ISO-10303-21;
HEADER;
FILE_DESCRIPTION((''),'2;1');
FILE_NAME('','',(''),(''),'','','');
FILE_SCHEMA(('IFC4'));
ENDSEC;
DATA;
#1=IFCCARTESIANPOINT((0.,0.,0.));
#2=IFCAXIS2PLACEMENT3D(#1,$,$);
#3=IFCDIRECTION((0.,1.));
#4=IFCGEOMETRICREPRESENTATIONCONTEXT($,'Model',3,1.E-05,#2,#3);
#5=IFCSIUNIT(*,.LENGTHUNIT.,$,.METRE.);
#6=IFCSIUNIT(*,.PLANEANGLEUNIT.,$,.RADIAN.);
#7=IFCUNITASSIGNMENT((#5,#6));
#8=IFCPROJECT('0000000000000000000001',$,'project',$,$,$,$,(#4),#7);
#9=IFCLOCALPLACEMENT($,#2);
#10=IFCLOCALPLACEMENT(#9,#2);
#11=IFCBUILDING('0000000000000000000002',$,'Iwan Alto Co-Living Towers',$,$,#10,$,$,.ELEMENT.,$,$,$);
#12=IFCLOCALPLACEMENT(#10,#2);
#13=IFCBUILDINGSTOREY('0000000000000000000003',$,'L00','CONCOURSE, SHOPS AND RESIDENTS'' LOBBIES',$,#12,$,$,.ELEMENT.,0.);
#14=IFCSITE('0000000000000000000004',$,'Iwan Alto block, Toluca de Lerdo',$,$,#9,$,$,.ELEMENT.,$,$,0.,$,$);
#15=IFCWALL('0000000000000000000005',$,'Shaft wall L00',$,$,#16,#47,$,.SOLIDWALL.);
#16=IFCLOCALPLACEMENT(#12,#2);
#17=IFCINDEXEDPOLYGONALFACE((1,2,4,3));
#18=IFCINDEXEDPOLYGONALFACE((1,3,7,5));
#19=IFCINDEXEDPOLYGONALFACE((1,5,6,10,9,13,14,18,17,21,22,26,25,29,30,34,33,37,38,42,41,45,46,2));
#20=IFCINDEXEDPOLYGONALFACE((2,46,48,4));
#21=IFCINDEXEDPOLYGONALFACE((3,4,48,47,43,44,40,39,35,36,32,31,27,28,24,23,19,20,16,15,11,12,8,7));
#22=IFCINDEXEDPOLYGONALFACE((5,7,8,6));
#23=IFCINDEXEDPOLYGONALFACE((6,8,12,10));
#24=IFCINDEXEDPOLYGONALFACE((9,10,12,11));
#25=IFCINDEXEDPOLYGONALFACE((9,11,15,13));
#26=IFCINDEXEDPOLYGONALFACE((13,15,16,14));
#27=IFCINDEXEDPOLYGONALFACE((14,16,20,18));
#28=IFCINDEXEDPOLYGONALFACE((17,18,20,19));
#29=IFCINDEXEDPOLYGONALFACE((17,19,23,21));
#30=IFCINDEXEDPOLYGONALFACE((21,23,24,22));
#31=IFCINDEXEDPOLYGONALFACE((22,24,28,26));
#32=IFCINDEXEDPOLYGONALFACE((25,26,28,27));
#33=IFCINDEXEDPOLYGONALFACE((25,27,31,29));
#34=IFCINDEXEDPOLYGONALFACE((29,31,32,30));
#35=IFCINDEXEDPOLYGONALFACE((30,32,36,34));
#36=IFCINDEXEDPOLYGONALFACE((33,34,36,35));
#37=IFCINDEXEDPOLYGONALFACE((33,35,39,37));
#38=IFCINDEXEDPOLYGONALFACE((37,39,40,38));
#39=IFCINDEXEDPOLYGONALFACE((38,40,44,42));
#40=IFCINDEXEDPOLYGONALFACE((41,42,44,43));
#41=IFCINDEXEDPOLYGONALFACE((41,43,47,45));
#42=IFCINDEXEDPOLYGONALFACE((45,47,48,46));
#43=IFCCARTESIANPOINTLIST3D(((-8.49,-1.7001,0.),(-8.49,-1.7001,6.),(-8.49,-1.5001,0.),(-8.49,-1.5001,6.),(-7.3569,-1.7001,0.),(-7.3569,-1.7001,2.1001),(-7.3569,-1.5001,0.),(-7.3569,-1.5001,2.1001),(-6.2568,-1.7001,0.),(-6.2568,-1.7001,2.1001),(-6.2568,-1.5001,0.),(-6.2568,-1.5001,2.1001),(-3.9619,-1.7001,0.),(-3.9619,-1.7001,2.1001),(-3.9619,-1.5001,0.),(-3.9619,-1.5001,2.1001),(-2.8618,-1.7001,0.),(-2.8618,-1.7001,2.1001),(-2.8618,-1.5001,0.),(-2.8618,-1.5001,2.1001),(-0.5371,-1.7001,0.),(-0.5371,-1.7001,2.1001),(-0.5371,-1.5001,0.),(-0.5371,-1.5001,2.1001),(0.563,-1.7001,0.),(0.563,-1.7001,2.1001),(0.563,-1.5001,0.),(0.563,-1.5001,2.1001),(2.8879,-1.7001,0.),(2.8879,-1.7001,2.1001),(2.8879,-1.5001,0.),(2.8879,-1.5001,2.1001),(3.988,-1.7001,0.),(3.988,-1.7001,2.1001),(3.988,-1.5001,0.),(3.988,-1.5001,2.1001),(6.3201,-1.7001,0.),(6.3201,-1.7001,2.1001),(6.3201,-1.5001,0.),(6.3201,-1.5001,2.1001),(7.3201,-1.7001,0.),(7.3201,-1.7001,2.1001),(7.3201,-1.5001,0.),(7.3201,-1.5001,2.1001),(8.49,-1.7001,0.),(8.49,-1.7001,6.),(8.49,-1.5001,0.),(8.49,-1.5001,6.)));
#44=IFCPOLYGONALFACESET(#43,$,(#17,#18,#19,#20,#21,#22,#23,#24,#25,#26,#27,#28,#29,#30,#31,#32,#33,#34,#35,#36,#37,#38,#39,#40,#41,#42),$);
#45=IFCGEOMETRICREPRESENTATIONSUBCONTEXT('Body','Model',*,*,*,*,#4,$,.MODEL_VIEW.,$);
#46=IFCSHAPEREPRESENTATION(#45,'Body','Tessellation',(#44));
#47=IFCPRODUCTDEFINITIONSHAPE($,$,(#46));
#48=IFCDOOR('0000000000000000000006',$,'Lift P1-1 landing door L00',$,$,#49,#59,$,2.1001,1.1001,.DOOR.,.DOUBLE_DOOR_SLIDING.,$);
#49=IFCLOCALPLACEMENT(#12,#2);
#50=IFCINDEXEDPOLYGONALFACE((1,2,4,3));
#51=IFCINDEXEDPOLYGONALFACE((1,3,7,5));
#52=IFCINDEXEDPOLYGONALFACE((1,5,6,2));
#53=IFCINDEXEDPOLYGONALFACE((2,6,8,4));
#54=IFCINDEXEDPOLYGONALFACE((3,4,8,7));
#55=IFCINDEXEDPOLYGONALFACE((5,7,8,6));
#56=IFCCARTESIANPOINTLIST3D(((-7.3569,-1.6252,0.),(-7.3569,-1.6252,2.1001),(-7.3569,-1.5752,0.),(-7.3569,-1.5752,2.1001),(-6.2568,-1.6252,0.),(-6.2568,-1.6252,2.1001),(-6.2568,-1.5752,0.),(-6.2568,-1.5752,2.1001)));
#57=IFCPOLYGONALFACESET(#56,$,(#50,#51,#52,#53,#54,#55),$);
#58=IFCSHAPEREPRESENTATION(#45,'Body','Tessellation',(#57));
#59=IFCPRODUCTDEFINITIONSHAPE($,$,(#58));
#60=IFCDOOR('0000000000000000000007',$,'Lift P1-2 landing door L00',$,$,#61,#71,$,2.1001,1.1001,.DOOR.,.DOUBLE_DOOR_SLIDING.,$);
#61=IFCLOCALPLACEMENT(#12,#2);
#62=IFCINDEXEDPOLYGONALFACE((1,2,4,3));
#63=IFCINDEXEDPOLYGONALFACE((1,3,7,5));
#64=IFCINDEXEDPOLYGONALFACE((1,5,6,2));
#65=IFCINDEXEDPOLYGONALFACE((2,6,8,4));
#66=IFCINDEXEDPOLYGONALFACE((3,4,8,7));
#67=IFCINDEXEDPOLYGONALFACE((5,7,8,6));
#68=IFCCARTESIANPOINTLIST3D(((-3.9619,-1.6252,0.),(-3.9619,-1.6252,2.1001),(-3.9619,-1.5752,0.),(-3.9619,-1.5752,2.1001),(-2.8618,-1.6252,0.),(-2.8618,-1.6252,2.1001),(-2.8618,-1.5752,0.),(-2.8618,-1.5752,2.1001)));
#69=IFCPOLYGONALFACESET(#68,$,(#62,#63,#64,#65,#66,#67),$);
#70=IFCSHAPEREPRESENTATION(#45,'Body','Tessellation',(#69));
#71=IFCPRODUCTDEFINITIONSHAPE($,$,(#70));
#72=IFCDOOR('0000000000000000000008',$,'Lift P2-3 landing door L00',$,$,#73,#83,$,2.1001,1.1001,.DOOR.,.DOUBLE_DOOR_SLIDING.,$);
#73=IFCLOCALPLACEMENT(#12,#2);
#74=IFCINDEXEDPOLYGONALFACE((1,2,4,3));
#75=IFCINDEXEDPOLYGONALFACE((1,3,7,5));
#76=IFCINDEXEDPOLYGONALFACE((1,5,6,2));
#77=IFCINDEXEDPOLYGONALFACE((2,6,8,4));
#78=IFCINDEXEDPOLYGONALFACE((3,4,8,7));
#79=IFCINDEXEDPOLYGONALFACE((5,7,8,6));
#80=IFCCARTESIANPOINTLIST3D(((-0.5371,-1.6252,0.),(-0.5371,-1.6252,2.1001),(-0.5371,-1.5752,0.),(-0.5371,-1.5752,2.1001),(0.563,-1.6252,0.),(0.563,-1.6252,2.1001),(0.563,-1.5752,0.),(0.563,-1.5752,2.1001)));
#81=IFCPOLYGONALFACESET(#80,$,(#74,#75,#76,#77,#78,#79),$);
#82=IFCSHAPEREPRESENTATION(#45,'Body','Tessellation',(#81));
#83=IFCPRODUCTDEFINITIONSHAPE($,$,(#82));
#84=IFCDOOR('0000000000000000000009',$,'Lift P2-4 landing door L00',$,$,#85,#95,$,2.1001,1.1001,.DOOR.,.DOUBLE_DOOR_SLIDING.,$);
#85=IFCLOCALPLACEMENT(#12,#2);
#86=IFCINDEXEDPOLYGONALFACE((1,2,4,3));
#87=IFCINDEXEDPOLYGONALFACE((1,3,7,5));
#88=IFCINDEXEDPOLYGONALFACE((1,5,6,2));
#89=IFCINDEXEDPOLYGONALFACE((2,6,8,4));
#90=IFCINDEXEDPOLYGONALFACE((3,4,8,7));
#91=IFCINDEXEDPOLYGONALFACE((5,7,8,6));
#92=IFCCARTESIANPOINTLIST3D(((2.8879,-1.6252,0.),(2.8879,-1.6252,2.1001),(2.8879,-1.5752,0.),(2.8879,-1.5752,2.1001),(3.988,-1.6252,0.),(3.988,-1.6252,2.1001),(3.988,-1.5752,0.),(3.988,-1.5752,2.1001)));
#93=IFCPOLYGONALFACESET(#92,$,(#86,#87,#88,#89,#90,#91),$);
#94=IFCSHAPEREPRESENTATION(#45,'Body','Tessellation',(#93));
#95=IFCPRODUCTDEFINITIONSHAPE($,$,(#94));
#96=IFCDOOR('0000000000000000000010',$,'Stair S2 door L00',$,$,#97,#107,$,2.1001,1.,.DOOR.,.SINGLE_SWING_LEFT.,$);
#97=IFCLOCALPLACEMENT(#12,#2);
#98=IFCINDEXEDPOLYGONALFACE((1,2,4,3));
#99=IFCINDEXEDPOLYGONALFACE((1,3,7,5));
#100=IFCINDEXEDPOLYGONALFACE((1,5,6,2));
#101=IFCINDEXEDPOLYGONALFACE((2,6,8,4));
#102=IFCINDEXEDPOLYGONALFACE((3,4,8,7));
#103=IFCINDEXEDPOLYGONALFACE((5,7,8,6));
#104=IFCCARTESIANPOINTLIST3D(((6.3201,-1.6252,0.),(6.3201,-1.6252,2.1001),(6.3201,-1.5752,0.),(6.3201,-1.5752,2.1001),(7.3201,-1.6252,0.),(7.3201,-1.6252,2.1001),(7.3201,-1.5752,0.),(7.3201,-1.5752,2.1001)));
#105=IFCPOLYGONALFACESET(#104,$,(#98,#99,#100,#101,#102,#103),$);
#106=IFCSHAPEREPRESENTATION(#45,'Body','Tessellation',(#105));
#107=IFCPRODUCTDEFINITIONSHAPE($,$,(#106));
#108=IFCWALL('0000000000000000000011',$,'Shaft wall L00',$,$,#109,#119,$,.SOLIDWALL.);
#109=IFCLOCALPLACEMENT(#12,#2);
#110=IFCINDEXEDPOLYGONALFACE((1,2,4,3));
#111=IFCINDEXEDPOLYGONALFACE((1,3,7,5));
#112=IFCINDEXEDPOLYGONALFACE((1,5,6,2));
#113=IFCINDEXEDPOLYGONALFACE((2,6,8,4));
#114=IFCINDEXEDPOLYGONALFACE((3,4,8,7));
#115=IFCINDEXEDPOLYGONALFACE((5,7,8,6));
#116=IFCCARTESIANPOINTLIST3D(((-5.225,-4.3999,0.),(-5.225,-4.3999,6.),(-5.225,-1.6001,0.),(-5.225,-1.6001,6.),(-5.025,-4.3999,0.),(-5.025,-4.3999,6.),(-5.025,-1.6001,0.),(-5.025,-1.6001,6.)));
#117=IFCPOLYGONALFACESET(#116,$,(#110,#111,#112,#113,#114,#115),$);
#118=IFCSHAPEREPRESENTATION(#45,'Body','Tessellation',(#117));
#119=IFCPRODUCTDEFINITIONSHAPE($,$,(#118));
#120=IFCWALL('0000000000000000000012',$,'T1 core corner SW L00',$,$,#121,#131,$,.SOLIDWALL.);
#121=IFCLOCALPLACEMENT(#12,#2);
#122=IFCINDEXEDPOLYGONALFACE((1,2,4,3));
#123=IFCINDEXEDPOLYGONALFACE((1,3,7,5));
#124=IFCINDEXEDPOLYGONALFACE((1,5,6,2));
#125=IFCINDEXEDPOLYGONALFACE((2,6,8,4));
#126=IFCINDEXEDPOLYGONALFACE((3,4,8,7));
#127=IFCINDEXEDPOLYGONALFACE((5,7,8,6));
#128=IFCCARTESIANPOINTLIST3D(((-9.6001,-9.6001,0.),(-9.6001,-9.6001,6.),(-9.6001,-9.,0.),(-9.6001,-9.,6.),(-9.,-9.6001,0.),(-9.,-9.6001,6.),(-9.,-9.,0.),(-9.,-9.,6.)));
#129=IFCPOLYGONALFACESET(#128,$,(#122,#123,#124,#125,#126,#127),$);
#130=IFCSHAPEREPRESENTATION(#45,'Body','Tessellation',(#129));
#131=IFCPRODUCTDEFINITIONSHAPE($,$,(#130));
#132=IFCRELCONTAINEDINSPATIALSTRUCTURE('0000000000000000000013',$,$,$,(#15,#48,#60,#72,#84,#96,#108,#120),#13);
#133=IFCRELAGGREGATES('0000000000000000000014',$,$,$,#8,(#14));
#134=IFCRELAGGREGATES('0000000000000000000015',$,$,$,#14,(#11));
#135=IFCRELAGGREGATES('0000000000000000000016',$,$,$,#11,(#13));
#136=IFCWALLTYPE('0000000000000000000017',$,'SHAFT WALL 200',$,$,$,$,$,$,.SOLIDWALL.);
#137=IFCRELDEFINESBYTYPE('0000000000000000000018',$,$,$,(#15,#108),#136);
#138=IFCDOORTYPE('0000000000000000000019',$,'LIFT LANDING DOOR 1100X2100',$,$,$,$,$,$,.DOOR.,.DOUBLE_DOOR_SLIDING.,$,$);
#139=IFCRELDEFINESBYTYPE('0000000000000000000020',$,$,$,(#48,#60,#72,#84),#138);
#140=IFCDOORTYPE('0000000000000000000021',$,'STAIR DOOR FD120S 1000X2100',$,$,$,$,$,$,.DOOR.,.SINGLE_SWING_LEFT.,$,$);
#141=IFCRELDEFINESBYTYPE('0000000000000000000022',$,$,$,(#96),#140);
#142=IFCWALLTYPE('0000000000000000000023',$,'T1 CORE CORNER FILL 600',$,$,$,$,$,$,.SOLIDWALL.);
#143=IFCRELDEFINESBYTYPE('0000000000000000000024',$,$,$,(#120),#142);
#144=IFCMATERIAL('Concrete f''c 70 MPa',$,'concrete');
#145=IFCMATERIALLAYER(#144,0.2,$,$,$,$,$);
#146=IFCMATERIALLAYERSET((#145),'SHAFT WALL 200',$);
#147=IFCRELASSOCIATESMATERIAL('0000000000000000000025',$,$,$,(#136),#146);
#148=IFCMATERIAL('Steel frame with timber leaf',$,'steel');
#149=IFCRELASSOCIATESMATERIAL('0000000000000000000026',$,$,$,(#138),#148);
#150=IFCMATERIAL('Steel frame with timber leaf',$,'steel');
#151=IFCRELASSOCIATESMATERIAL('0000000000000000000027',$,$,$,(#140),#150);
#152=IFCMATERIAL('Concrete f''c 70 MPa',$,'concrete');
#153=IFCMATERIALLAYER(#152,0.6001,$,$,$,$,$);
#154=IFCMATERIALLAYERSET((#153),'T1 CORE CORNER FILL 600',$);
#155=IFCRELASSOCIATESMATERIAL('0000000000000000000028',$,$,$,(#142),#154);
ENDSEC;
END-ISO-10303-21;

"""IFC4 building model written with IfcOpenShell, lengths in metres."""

from ifc_helpers import new_model, si_unit, direction, frame, frame_2d, origin, place, context, subcontext, project, spatial, rectangle, extrude, material, layer, layer_set, type_object, element, fill, save


model = new_model("IFC4")

# Units and contexts
model_context = context("Model", 3, precision=1e-05, world=origin(), true_north=direction((0.0, 1.0)))
body_context = subcontext(model_context, "Body", "Model", "MODEL_VIEW")
ifc_project = project(units=[si_unit("LENGTHUNIT", "METRE"), si_unit("PLANEANGLEUNIT", "RADIAN")], contexts=[model_context])

# Site, building, storey
site_placement = place(None, origin())
site = spatial("IfcSite", under=ifc_project, at=site_placement, Name="Iwan Alto block, Toluca de Lerdo", CompositionType="ELEMENT", RefElevation=0.0)
building_placement = place(site_placement, origin())
building = spatial("IfcBuilding", under=site, at=building_placement, Name="Iwan Alto Co-Living Towers", CompositionType="ELEMENT")
storey_placement = place(building_placement, origin())
storey = spatial("IfcBuildingStorey", under=building, at=storey_placement, Name="L00", Description="CONCOURSE, SHOPS AND RESIDENTS' LOBBIES", CompositionType="ELEMENT", Elevation=0.0)

# Shared definitions
ifc_material_1 = material(Name="Concrete f'c 70 MPa", Category="concrete")
ifc_layer_1 = layer(ifc_material_1, 0.2)
ifc_layer_set_1 = layer_set([ifc_layer_1], Name="SHAFT WALL 200")
wall_type_1 = type_object("IfcWallType", Name="SHAFT WALL 200", PredefinedType="SOLIDWALL", material=ifc_layer_set_1)

# Wall, openings, doors
wall_1_placement = place(storey_placement, frame((-8.49, -1.6001, 0.0), z_axis=(0.0, 0.0, 1.0), x_axis=(1.0, 0.0, 0.0)))
wall_1 = element("IfcWall", 1, at=wall_1_placement, inside=storey, type_object=wall_type_1, Name="Shaft wall L00", PredefinedType="SOLIDWALL", context=body_context, shape_type="SweptSolid", body=[
    extrude(rectangle(XDim=16.98, YDim=0.2, at=frame_2d((8.49, 0.0))), origin(), (0.0, 0.0, 1.0), 6.0),
])
opening_1_placement = place(wall_1_placement, frame((14.8101, 0.0, 0.0)))
opening_1 = element("IfcOpeningElement", 2, at=opening_1_placement, cuts=wall_1, PredefinedType="OPENING", context=body_context, shape_type="SweptSolid", body=[
    extrude(rectangle(XDim=1.0, YDim=2.1001, at=frame_2d((0.5, 1.05))), frame((0.0, 0.1099, 0.0), z_axis=(0.0, -1.0, 0.0), x_axis=(1.0, 0.0, 0.0)), (0.0, 0.0, 1.0), 0.22),
])
opening_2_placement = place(wall_1_placement, frame((1.1331, 0.0, 0.0)))
opening_2 = element("IfcOpeningElement", 3, at=opening_2_placement, cuts=wall_1, PredefinedType="OPENING", context=body_context, shape_type="SweptSolid", body=[
    extrude(rectangle(XDim=1.1001, YDim=2.1001, at=frame_2d((0.55, 1.05))), frame((0.0, 0.1099, 0.0), z_axis=(0.0, -1.0, 0.0), x_axis=(1.0, 0.0, 0.0)), (0.0, 0.0, 1.0), 0.22),
])
opening_3_placement = place(wall_1_placement, frame((4.5281, 0.0, 0.0)))
opening_3 = element("IfcOpeningElement", 4, at=opening_3_placement, cuts=wall_1, PredefinedType="OPENING", context=body_context, shape_type="SweptSolid", body=[
    extrude(rectangle(XDim=1.1001, YDim=2.1001, at=frame_2d((0.55, 1.05))), frame((0.0, 0.1099, 0.0), z_axis=(0.0, -1.0, 0.0), x_axis=(1.0, 0.0, 0.0)), (0.0, 0.0, 1.0), 0.22),
])
opening_4_placement = place(wall_1_placement, frame((7.9529, 0.0, 0.0)))
opening_4 = element("IfcOpeningElement", 5, at=opening_4_placement, cuts=wall_1, PredefinedType="OPENING", context=body_context, shape_type="SweptSolid", body=[
    extrude(rectangle(XDim=1.1001, YDim=2.1001, at=frame_2d((0.55, 1.05))), frame((0.0, 0.1099, 0.0), z_axis=(0.0, -1.0, 0.0), x_axis=(1.0, 0.0, 0.0)), (0.0, 0.0, 1.0), 0.22),
])
opening_5_placement = place(wall_1_placement, frame((11.3779, 0.0, 0.0)))
opening_5 = element("IfcOpeningElement", 6, at=opening_5_placement, cuts=wall_1, PredefinedType="OPENING", context=body_context, shape_type="SweptSolid", body=[
    extrude(rectangle(XDim=1.1001, YDim=2.1001, at=frame_2d((0.55, 1.05))), frame((0.0, 0.1099, 0.0), z_axis=(0.0, -1.0, 0.0), x_axis=(1.0, 0.0, 0.0)), (0.0, 0.0, 1.0), 0.22),
])
ifc_material_2 = material(Name="Steel frame with timber leaf", Category="steel")
door_type_1 = type_object("IfcDoorType", Name="LIFT LANDING DOOR 1100X2100", OperationType="DOUBLE_DOOR_SLIDING", PredefinedType="DOOR", material=ifc_material_2)
door_1_placement = place(opening_2_placement, origin())
door_1 = element("IfcDoor", 7, at=door_1_placement, inside=storey, type_object=door_type_1, Name="Lift P1-1 landing door L00", OperationType="DOUBLE_DOOR_SLIDING", OverallHeight=2.1001, OverallWidth=1.1001, PredefinedType="DOOR", context=body_context, shape_type="SweptSolid", body=[
    extrude(rectangle(XDim=1.1001, YDim=2.1001, at=frame_2d((0.55, 1.05))), frame((0.0, 0.0249, 0.0), z_axis=(0.0, -1.0, 0.0), x_axis=(1.0, 0.0, 0.0)), (0.0, 0.0, 1.0), 0.05),
])
fill(opening_2, door_1)
door_2_placement = place(opening_3_placement, origin())
door_2 = element("IfcDoor", 8, at=door_2_placement, inside=storey, type_object=door_type_1, Name="Lift P1-2 landing door L00", OperationType="DOUBLE_DOOR_SLIDING", OverallHeight=2.1001, OverallWidth=1.1001, PredefinedType="DOOR", context=body_context, shape_type="SweptSolid", body=[
    extrude(rectangle(XDim=1.1001, YDim=2.1001, at=frame_2d((0.55, 1.05))), frame((0.0, 0.0249, 0.0), z_axis=(0.0, -1.0, 0.0), x_axis=(1.0, 0.0, 0.0)), (0.0, 0.0, 1.0), 0.05),
])
fill(opening_3, door_2)
door_3_placement = place(opening_4_placement, origin())
door_3 = element("IfcDoor", 9, at=door_3_placement, inside=storey, type_object=door_type_1, Name="Lift P2-3 landing door L00", OperationType="DOUBLE_DOOR_SLIDING", OverallHeight=2.1001, OverallWidth=1.1001, PredefinedType="DOOR", context=body_context, shape_type="SweptSolid", body=[
    extrude(rectangle(XDim=1.1001, YDim=2.1001, at=frame_2d((0.55, 1.05))), frame((0.0, 0.0249, 0.0), z_axis=(0.0, -1.0, 0.0), x_axis=(1.0, 0.0, 0.0)), (0.0, 0.0, 1.0), 0.05),
])
fill(opening_4, door_3)
door_4_placement = place(opening_5_placement, origin())
door_4 = element("IfcDoor", 10, at=door_4_placement, inside=storey, type_object=door_type_1, Name="Lift P2-4 landing door L00", OperationType="DOUBLE_DOOR_SLIDING", OverallHeight=2.1001, OverallWidth=1.1001, PredefinedType="DOOR", context=body_context, shape_type="SweptSolid", body=[
    extrude(rectangle(XDim=1.1001, YDim=2.1001, at=frame_2d((0.55, 1.05))), frame((0.0, 0.0249, 0.0), z_axis=(0.0, -1.0, 0.0), x_axis=(1.0, 0.0, 0.0)), (0.0, 0.0, 1.0), 0.05),
])
fill(opening_5, door_4)
ifc_material_3 = material(Name="Steel frame with timber leaf", Category="steel")
door_type_2 = type_object("IfcDoorType", Name="STAIR DOOR FD120S 1000X2100", OperationType="SINGLE_SWING_LEFT", PredefinedType="DOOR", material=ifc_material_3)
door_5_placement = place(opening_1_placement, origin())
door_5 = element("IfcDoor", 11, at=door_5_placement, inside=storey, type_object=door_type_2, Name="Stair S2 door L00", OperationType="SINGLE_SWING_LEFT", OverallHeight=2.1001, OverallWidth=1.0, PredefinedType="DOOR", context=body_context, shape_type="SweptSolid", body=[
    extrude(rectangle(XDim=1.0, YDim=2.1001, at=frame_2d((0.5, 1.05))), frame((0.0, 0.0249, 0.0), z_axis=(0.0, -1.0, 0.0), x_axis=(1.0, 0.0, 0.0)), (0.0, 0.0, 1.0), 0.05),
])
fill(opening_1, door_5)

# Walls
wall_2_placement = place(storey_placement, frame((-5.125, -4.3999, 0.0), z_axis=(0.0, 0.0, 1.0), x_axis=(0.0, 1.0, 0.0)))
element("IfcWall", 12, at=wall_2_placement, inside=storey, type_object=wall_type_1, Name="Shaft wall L00", PredefinedType="SOLIDWALL", context=body_context, shape_type="SweptSolid", body=[
    extrude(rectangle(XDim=2.7998, YDim=0.2, at=frame_2d((1.3999, 0.0))), origin(), (0.0, 0.0, 1.0), 6.0),
])
ifc_material_4 = material(Name="Concrete f'c 70 MPa", Category="concrete")
ifc_layer_2 = layer(ifc_material_4, 0.6001)
ifc_layer_set_2 = layer_set([ifc_layer_2], Name="T1 CORE CORNER FILL 600")
wall_type_2 = type_object("IfcWallType", Name="T1 CORE CORNER FILL 600", PredefinedType="SOLIDWALL", material=ifc_layer_set_2)
wall_3_placement = place(storey_placement, frame((-9.6001, -9.3, 0.0), z_axis=(0.0, 0.0, 1.0), x_axis=(1.0, 0.0, 0.0)))
element("IfcWall", 13, at=wall_3_placement, inside=storey, type_object=wall_type_2, Name="T1 core corner SW L00", PredefinedType="SOLIDWALL", context=body_context, shape_type="SweptSolid", body=[
    extrude(rectangle(XDim=0.6001, YDim=0.6001, at=frame_2d((0.3, 0.0))), origin(), (0.0, 0.0, 1.0), 6.0),
])

save(model, "model.ifc")
